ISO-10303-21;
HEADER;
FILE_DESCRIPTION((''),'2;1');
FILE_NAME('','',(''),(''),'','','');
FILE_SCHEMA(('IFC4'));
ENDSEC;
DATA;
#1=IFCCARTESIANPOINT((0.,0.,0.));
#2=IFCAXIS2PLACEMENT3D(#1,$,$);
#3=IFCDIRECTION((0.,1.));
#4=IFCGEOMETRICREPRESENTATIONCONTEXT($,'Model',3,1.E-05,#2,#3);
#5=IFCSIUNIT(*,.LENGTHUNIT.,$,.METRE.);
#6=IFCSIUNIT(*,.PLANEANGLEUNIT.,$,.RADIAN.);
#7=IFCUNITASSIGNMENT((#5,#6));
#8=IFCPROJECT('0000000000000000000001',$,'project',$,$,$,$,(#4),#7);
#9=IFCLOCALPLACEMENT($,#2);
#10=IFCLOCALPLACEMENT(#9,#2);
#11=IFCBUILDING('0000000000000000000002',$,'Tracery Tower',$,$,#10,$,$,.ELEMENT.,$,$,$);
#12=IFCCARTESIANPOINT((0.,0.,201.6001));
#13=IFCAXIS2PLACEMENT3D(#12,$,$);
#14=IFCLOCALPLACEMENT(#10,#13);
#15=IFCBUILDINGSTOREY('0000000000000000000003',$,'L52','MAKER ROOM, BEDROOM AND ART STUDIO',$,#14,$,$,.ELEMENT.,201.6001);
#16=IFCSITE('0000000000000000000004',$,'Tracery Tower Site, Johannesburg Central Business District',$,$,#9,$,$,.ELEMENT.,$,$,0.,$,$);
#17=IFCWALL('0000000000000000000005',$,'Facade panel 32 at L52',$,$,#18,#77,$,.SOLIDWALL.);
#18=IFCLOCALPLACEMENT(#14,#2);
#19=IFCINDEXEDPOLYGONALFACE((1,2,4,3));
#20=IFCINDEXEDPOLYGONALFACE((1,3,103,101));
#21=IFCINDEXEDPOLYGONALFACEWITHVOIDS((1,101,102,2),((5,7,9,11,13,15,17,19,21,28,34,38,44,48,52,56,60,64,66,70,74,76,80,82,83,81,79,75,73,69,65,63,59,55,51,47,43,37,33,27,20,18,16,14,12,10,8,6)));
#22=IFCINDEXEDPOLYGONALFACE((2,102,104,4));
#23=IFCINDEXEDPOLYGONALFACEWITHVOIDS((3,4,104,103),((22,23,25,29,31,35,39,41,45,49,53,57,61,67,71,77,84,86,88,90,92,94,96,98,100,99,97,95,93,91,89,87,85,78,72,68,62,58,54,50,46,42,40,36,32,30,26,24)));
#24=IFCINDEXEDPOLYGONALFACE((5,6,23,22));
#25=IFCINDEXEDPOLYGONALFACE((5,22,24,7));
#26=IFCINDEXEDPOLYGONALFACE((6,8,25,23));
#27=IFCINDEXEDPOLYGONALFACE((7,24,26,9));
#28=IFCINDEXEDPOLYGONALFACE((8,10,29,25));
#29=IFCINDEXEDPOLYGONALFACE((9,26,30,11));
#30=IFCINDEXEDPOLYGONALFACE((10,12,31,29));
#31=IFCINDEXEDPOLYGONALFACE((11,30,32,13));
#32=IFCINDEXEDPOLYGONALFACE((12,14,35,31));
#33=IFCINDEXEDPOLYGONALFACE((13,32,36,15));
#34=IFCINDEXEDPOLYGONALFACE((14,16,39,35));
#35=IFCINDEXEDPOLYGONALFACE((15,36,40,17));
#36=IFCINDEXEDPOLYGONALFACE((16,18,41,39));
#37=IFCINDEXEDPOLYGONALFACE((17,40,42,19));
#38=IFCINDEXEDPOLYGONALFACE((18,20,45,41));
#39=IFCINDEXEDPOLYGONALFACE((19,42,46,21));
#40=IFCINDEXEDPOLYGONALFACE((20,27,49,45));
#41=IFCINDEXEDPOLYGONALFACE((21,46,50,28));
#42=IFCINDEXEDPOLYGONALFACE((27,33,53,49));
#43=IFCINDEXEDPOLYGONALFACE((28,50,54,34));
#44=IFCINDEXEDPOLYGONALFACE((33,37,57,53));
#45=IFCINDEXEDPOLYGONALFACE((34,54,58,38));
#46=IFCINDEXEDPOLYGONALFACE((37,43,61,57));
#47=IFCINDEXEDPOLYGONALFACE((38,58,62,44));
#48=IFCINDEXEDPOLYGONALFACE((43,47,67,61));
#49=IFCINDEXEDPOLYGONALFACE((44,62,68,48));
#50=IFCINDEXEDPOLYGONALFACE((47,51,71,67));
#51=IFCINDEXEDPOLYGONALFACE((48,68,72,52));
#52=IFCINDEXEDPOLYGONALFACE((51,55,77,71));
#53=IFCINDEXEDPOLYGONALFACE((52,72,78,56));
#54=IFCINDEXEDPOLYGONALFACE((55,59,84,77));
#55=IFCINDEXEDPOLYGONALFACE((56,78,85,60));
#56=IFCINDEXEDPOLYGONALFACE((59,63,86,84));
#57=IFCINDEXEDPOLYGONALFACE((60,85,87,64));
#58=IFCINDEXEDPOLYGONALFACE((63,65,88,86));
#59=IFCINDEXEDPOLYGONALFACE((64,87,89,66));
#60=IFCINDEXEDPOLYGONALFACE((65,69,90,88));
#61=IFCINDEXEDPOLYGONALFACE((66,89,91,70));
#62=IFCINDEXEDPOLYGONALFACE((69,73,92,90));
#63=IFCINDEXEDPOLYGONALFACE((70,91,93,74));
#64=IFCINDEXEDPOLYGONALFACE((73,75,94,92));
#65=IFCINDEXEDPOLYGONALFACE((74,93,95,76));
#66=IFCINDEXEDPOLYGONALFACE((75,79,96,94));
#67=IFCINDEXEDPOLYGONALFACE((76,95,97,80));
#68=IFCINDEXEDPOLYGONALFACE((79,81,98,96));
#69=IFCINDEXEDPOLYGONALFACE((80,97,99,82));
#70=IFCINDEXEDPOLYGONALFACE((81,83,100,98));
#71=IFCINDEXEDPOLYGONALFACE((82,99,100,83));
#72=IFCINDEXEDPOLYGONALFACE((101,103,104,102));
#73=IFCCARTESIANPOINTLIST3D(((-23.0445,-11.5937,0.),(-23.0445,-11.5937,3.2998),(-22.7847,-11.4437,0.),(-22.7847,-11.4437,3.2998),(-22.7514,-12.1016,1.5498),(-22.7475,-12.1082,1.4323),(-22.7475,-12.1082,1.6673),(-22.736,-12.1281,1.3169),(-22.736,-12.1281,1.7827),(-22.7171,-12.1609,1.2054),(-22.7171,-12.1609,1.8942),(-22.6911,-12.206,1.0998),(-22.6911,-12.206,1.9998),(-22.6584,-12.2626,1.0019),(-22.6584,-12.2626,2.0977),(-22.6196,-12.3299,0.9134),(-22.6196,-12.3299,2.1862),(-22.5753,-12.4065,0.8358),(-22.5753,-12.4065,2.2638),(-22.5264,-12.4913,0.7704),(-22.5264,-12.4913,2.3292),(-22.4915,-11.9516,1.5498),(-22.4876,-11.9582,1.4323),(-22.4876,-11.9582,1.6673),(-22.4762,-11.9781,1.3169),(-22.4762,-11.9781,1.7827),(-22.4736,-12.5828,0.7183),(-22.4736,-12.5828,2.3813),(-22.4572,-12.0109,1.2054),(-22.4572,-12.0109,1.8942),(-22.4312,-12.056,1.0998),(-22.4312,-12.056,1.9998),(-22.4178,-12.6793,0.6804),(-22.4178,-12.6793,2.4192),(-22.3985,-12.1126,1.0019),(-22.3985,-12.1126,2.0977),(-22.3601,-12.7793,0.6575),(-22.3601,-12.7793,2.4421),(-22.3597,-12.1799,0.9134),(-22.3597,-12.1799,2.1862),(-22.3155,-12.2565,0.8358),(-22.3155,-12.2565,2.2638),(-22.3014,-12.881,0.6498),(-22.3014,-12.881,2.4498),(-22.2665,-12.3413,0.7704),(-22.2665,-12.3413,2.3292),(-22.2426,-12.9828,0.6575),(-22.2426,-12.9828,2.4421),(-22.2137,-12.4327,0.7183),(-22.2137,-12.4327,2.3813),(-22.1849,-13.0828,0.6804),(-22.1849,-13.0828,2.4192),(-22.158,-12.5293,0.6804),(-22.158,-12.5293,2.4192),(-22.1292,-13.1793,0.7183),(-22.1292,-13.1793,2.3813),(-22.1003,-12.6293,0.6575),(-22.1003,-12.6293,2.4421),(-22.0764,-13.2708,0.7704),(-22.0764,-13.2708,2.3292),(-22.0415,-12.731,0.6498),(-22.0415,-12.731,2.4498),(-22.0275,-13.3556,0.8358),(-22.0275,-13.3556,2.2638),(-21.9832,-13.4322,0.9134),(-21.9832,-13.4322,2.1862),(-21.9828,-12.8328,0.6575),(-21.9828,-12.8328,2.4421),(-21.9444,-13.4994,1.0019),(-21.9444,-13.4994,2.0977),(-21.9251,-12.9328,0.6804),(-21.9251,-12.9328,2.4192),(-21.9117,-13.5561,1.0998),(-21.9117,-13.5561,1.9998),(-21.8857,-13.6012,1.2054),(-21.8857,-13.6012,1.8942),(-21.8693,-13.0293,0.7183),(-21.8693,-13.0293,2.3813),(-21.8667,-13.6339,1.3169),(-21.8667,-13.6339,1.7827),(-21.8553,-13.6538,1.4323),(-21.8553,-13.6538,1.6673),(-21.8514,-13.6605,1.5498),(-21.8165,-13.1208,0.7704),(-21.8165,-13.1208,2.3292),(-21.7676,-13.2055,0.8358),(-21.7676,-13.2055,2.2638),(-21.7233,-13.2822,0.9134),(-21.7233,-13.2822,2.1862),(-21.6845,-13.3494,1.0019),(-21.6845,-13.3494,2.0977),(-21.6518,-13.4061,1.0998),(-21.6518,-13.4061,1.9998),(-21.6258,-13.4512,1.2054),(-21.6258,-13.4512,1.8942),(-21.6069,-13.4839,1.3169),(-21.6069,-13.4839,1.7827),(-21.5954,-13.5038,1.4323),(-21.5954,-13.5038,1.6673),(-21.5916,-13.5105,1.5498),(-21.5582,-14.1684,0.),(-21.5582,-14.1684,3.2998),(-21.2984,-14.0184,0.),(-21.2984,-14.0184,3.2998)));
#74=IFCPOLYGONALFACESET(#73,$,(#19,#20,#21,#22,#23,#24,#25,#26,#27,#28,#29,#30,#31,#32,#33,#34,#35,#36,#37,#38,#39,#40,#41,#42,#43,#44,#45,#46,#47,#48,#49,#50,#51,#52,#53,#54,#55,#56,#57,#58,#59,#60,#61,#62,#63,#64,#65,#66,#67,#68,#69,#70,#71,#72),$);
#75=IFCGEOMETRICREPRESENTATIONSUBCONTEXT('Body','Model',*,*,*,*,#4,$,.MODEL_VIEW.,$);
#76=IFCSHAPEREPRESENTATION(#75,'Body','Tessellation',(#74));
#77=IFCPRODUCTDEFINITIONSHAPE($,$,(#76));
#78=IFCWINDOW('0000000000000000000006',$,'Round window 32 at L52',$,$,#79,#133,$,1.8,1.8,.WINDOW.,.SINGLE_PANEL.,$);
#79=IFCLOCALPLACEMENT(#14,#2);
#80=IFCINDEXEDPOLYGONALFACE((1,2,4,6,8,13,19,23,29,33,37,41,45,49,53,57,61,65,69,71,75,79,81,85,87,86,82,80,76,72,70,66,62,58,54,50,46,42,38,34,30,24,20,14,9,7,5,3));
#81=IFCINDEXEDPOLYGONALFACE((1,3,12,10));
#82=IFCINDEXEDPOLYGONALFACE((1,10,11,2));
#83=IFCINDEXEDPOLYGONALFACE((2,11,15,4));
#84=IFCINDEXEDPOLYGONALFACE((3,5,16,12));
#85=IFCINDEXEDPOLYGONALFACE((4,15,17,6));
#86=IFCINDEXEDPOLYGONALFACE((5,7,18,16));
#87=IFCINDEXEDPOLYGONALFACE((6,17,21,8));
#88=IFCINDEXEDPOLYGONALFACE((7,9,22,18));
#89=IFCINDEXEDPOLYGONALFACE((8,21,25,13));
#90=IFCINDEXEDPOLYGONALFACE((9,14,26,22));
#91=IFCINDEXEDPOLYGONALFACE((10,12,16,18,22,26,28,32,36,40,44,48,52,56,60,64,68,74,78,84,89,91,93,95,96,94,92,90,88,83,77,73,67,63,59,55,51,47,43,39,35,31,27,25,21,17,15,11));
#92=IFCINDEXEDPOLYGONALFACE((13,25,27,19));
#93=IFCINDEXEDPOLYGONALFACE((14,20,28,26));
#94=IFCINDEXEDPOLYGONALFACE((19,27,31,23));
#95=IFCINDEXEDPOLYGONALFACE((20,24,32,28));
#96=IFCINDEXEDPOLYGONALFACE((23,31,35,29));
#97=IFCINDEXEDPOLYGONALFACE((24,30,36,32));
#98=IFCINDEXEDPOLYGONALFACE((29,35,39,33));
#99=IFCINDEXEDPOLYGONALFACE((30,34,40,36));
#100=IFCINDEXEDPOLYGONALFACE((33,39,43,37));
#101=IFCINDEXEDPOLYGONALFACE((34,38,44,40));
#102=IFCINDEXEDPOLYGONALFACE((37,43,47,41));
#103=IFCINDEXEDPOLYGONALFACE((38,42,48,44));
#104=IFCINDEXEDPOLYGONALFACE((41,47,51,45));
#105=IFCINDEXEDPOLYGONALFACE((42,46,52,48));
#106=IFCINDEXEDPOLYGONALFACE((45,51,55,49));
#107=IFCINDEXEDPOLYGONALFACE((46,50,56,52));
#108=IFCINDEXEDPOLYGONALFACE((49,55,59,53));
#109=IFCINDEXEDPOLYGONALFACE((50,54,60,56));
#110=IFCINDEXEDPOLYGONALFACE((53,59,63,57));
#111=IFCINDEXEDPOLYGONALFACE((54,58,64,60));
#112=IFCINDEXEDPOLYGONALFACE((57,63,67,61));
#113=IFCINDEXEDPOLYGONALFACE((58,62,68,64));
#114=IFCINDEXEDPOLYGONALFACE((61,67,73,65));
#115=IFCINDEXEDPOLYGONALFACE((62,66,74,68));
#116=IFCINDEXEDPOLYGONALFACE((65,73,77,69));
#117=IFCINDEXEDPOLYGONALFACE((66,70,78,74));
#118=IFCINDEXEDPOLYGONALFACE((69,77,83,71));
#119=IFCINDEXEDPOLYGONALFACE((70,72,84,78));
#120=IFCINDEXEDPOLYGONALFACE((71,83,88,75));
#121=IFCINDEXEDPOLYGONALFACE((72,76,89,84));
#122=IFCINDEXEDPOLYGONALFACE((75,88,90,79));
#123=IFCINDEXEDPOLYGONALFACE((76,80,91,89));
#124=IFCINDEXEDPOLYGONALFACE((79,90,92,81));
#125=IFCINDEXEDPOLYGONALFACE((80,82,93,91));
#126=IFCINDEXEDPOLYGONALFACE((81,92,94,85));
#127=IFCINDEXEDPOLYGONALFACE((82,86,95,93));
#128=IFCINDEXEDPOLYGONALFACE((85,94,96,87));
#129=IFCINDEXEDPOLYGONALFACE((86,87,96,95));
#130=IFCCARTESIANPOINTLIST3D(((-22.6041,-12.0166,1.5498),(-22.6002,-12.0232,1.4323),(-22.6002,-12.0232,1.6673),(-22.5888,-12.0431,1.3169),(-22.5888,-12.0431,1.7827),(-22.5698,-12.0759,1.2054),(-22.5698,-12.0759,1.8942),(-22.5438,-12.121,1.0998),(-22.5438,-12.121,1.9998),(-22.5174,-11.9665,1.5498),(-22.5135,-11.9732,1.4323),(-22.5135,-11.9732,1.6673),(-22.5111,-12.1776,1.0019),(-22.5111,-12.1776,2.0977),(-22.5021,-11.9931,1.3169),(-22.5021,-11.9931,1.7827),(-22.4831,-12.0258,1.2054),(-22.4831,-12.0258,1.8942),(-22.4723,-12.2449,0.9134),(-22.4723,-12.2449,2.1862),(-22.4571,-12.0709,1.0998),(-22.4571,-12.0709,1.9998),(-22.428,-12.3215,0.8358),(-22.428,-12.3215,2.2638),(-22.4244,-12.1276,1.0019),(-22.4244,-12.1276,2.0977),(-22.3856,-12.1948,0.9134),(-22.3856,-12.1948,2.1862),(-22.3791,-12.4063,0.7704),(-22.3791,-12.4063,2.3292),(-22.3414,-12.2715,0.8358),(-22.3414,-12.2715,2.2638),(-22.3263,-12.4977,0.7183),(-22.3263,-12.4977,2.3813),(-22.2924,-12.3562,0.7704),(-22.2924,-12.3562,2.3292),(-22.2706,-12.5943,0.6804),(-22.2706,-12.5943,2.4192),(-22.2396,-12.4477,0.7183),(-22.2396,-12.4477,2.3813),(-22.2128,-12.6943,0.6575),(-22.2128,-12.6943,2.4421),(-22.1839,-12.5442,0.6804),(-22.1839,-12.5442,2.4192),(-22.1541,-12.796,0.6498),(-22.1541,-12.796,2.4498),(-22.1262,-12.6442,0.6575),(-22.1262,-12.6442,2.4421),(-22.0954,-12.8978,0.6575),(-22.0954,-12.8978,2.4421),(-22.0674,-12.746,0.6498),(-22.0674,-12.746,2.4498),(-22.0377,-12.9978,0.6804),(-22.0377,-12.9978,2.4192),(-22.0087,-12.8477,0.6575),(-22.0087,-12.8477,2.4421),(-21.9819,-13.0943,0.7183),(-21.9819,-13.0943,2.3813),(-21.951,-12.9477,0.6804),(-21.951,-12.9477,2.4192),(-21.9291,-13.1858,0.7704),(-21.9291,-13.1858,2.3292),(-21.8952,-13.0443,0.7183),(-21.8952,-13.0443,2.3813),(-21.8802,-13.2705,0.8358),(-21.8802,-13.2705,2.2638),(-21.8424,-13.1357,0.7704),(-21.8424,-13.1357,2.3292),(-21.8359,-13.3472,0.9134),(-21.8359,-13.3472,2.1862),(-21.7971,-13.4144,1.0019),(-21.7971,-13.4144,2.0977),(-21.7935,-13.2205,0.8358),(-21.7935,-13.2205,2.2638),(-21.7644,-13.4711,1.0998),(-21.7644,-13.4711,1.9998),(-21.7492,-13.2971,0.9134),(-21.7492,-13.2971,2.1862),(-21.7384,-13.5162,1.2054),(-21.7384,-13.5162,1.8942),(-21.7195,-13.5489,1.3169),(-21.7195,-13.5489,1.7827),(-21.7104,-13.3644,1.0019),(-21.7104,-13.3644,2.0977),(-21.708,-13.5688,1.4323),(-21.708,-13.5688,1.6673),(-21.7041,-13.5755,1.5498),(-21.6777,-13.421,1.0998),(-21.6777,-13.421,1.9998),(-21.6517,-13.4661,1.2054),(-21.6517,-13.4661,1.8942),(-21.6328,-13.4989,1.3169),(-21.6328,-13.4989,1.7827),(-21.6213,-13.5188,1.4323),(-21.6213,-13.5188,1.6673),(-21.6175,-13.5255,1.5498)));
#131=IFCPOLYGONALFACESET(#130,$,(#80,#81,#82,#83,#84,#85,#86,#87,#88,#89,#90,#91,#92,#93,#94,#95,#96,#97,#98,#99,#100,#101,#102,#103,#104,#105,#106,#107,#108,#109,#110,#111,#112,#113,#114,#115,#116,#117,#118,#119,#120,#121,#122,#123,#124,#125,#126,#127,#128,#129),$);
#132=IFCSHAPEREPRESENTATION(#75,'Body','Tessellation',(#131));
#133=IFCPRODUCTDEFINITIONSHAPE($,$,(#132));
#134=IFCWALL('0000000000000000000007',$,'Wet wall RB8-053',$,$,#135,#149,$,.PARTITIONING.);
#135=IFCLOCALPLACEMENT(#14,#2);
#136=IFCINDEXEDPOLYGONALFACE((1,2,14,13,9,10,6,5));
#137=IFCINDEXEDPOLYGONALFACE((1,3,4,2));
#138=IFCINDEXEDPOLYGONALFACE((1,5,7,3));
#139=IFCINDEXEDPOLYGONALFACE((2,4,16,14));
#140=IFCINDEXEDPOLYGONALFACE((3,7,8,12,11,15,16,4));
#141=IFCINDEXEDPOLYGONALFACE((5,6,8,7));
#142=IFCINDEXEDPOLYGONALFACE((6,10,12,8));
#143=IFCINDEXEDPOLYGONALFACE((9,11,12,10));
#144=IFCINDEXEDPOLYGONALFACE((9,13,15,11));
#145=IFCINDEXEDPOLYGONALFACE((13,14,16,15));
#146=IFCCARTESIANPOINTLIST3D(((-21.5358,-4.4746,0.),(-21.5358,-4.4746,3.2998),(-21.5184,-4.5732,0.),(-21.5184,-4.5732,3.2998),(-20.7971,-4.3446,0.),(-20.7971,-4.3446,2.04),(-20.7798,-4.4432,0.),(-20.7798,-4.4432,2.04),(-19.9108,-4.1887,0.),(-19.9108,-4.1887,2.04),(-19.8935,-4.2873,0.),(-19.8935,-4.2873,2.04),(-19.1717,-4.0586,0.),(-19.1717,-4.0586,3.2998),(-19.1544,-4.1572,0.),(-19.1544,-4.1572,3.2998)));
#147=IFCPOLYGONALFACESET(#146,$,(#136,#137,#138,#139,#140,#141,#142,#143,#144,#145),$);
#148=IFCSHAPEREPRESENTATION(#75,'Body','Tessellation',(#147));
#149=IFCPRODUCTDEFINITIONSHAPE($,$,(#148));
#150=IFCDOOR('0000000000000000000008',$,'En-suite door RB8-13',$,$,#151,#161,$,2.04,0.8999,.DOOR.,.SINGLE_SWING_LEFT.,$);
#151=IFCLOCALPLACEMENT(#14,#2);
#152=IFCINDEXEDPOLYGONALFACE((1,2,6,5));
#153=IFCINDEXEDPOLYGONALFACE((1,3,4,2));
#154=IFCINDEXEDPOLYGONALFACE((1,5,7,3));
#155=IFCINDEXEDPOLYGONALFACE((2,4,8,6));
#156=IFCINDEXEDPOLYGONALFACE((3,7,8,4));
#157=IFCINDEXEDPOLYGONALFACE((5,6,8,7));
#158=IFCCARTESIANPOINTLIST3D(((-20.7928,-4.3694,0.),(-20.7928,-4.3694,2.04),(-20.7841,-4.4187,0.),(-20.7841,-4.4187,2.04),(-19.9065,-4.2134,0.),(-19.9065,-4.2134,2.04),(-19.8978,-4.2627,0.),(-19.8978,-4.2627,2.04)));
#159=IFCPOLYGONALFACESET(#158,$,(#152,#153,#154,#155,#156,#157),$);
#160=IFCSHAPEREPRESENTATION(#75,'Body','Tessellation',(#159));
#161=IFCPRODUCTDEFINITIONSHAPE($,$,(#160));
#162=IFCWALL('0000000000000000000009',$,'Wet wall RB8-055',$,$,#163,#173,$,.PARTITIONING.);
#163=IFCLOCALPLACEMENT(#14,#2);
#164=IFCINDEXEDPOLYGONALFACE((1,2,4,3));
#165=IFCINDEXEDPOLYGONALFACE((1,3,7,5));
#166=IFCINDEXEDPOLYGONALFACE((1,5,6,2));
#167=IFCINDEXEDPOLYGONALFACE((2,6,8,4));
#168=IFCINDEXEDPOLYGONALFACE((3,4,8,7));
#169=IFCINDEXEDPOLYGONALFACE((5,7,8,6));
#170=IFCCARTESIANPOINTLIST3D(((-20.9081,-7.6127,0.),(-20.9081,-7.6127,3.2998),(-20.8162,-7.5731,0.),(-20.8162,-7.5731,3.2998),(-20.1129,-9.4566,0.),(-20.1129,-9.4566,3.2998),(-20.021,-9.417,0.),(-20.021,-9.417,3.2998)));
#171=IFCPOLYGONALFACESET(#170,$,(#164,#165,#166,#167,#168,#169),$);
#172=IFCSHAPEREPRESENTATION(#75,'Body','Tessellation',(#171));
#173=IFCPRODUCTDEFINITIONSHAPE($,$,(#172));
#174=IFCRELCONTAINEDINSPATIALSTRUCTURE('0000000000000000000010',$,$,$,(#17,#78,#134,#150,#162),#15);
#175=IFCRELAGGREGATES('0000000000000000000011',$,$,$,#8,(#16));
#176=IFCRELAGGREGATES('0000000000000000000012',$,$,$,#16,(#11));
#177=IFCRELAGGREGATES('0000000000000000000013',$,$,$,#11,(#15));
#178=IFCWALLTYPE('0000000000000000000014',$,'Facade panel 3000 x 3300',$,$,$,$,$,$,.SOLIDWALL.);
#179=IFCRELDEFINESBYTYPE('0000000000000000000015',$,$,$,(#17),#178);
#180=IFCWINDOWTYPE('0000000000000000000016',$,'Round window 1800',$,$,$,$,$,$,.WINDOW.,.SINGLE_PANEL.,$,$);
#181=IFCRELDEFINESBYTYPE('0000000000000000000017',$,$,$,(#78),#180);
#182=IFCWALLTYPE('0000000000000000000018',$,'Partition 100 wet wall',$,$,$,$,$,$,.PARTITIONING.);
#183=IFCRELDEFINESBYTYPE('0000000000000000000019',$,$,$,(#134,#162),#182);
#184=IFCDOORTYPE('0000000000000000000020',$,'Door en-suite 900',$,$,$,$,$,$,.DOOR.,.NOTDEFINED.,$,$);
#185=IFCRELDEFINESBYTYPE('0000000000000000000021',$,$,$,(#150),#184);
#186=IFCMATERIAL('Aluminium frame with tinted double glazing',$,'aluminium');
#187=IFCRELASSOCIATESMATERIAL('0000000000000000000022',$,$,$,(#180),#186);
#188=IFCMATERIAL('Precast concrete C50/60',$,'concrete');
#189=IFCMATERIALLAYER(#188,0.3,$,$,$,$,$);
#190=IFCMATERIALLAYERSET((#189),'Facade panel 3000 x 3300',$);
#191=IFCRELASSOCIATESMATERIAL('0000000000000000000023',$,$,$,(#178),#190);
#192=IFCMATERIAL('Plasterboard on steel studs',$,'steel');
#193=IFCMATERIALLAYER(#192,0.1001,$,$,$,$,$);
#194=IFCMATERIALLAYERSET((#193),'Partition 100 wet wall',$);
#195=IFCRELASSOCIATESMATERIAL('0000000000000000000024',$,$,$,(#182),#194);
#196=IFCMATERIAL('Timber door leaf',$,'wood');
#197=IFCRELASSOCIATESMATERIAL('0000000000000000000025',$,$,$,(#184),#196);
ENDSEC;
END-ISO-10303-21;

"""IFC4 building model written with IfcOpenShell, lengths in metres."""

from ifc_helpers import new_model, si_unit, direction, frame, frame_2d, origin, origin_2d, place, context, subcontext, project, spatial, rectangle, circle, extrude, material, layer, layer_set, type_object, element, fill, save


model = new_model("IFC4")

# Units and contexts
model_context = context("Model", 3, precision=1e-05, world=origin(), true_north=direction((0.0, 1.0)))
body_context = subcontext(model_context, "Body", "Model", "MODEL_VIEW")
ifc_project = project(units=[si_unit("LENGTHUNIT", "METRE"), si_unit("PLANEANGLEUNIT", "RADIAN")], contexts=[model_context])

# Site, building, storey
site_placement = place(None, origin())
site = spatial("IfcSite", under=ifc_project, at=site_placement, Name="Tracery Tower Site, Johannesburg Central Business District", CompositionType="ELEMENT", RefElevation=0.0)
building_placement = place(site_placement, origin())
building = spatial("IfcBuilding", under=site, at=building_placement, Name="Tracery Tower", CompositionType="ELEMENT")
storey_placement = place(building_placement, frame((0.0, 0.0, 201.6001)))
storey = spatial("IfcBuildingStorey", under=building, at=storey_placement, Name="L52", Description="MAKER ROOM, BEDROOM AND ART STUDIO", CompositionType="ELEMENT", Elevation=201.6001)

# Wall, opening, window
ifc_material_1 = material(Name="Aluminium frame with tinted double glazing", Category="aluminium")
window_type = type_object("IfcWindowType", Name="Round window 1800", PartitioningType="SINGLE_PANEL", PredefinedType="WINDOW", material=ifc_material_1)
ifc_material_2 = material(Name="Precast concrete C50/60", Category="concrete")
ifc_layer_1 = layer(ifc_material_2, 0.3)
ifc_layer_set_1 = layer_set([ifc_layer_1], Name="Facade panel 3000 x 3300")
wall_type_1 = type_object("IfcWallType", Name="Facade panel 3000 x 3300", PredefinedType="SOLIDWALL", material=ifc_layer_set_1)
wall_1_placement = place(storey_placement, frame((-22.9146, -11.5188, 0.0), z_axis=(0.0, 0.0, 1.0), x_axis=(0.499955, -0.866052, 0.0)))
wall_1 = element("IfcWall", 1, at=wall_1_placement, inside=storey, type_object=wall_type_1, Name="Facade panel 32 at L52", PredefinedType="SOLIDWALL", context=body_context, shape_type="SweptSolid", body=[
    extrude(rectangle(XDim=2.9729, YDim=0.3, at=frame_2d((1.4863, 0.0))), origin(), (0.0, 0.0, 1.0), 3.2998),
])
opening_1_placement = place(wall_1_placement, frame((1.4863, 0.0, 1.5498)))
opening_1 = element("IfcOpeningElement", 2, at=opening_1_placement, cuts=wall_1, PredefinedType="OPENING", context=body_context, shape_type="SweptSolid", body=[
    extrude(circle(Radius=0.9, at=origin_2d()), frame((0.0, 0.1599, 0.0), z_axis=(0.0, -1.0, 0.0), x_axis=(1.0, 0.0, 0.0)), (0.0, 0.0, 1.0), 0.3201),
])
window_1_placement = place(opening_1_placement, origin())
window_1 = element("IfcWindow", 3, at=window_1_placement, inside=storey, type_object=window_type, Name="Round window 32 at L52", OverallHeight=1.8, OverallWidth=1.8, PartitioningType="SINGLE_PANEL", PredefinedType="WINDOW", context=body_context, shape_type="SweptSolid", body=[
    extrude(circle(Radius=0.9, at=origin_2d()), frame((0.0, 0.1201, 0.0), z_axis=(0.0, -1.0, 0.0), x_axis=(1.0, 0.0, 0.0)), (0.0, 0.0, 1.0), 0.1001),
])
fill(opening_1, window_1)

# Wall, opening, door
ifc_material_3 = material(Name="Plasterboard on steel studs", Category="steel")
ifc_layer_2 = layer(ifc_material_3, 0.1001)
ifc_layer_set_2 = layer_set([ifc_layer_2], Name="Partition 100 wet wall")
wall_type_2 = type_object("IfcWallType", Name="Partition 100 wet wall", PredefinedType="PARTITIONING", material=ifc_layer_set_2)
wall_2_placement = place(storey_placement, frame((-21.5271, -4.5239, 0.0), z_axis=(0.0, 0.0, 1.0), x_axis=(0.984866, 0.173315, 0.0)))
wall_2 = element("IfcWall", 4, at=wall_2_placement, inside=storey, type_object=wall_type_2, Name="Wet wall RB8-053", PredefinedType="PARTITIONING", context=body_context, shape_type="SweptSolid", body=[
    extrude(rectangle(XDim=2.4004, YDim=0.1001, at=frame_2d((1.2002, 0.0))), origin(), (0.0, 0.0, 1.0), 3.2998),
])
opening_2_placement = place(wall_2_placement, frame((0.75, 0.0, 0.0)))
opening_2 = element("IfcOpeningElement", 5, at=opening_2_placement, cuts=wall_2, PredefinedType="OPENING", context=body_context, shape_type="SweptSolid", body=[
    extrude(rectangle(XDim=0.8999, YDim=2.04, at=frame_2d((0.45, 1.02))), frame((0.0, 0.05, 0.0), z_axis=(0.0, -1.0, 0.0), x_axis=(1.0, 0.0, 0.0)), (0.0, 0.0, 1.0), 0.1001),
])
ifc_material_4 = material(Name="Timber door leaf", Category="wood")
door_type_1 = type_object("IfcDoorType", Name="Door en-suite 900", OperationType="NOTDEFINED", PredefinedType="DOOR", material=ifc_material_4)
door_1_placement = place(opening_2_placement, origin())
door_1 = element("IfcDoor", 6, at=door_1_placement, inside=storey, type_object=door_type_1, Name="En-suite door RB8-13", OperationType="SINGLE_SWING_LEFT", OverallHeight=2.04, OverallWidth=0.8999, PredefinedType="DOOR", context=body_context, shape_type="SweptSolid", body=[
    extrude(rectangle(XDim=0.8999, YDim=2.04, at=frame_2d((0.45, 1.02))), frame((0.0, 0.0249, 0.0), z_axis=(0.0, -1.0, 0.0), x_axis=(1.0, 0.0, 0.0)), (0.0, 0.0, 1.0), 0.05),
])
fill(opening_2, door_1)

# Wall
wall_3_placement = place(storey_placement, frame((-20.8621, -7.593, 0.0), z_axis=(0.0, 0.0, 1.0), x_axis=(0.395973, -0.918262, 0.0)))
element("IfcWall", 7, at=wall_3_placement, inside=storey, type_object=wall_type_2, Name="Wet wall RB8-055", PredefinedType="PARTITIONING", context=body_context, shape_type="SweptSolid", body=[
    extrude(rectangle(XDim=2.0081, YDim=0.1001, at=frame_2d((1.0039, 0.0))), origin(), (0.0, 0.0, 1.0), 3.2998),
])

save(model, "model.ifc")
